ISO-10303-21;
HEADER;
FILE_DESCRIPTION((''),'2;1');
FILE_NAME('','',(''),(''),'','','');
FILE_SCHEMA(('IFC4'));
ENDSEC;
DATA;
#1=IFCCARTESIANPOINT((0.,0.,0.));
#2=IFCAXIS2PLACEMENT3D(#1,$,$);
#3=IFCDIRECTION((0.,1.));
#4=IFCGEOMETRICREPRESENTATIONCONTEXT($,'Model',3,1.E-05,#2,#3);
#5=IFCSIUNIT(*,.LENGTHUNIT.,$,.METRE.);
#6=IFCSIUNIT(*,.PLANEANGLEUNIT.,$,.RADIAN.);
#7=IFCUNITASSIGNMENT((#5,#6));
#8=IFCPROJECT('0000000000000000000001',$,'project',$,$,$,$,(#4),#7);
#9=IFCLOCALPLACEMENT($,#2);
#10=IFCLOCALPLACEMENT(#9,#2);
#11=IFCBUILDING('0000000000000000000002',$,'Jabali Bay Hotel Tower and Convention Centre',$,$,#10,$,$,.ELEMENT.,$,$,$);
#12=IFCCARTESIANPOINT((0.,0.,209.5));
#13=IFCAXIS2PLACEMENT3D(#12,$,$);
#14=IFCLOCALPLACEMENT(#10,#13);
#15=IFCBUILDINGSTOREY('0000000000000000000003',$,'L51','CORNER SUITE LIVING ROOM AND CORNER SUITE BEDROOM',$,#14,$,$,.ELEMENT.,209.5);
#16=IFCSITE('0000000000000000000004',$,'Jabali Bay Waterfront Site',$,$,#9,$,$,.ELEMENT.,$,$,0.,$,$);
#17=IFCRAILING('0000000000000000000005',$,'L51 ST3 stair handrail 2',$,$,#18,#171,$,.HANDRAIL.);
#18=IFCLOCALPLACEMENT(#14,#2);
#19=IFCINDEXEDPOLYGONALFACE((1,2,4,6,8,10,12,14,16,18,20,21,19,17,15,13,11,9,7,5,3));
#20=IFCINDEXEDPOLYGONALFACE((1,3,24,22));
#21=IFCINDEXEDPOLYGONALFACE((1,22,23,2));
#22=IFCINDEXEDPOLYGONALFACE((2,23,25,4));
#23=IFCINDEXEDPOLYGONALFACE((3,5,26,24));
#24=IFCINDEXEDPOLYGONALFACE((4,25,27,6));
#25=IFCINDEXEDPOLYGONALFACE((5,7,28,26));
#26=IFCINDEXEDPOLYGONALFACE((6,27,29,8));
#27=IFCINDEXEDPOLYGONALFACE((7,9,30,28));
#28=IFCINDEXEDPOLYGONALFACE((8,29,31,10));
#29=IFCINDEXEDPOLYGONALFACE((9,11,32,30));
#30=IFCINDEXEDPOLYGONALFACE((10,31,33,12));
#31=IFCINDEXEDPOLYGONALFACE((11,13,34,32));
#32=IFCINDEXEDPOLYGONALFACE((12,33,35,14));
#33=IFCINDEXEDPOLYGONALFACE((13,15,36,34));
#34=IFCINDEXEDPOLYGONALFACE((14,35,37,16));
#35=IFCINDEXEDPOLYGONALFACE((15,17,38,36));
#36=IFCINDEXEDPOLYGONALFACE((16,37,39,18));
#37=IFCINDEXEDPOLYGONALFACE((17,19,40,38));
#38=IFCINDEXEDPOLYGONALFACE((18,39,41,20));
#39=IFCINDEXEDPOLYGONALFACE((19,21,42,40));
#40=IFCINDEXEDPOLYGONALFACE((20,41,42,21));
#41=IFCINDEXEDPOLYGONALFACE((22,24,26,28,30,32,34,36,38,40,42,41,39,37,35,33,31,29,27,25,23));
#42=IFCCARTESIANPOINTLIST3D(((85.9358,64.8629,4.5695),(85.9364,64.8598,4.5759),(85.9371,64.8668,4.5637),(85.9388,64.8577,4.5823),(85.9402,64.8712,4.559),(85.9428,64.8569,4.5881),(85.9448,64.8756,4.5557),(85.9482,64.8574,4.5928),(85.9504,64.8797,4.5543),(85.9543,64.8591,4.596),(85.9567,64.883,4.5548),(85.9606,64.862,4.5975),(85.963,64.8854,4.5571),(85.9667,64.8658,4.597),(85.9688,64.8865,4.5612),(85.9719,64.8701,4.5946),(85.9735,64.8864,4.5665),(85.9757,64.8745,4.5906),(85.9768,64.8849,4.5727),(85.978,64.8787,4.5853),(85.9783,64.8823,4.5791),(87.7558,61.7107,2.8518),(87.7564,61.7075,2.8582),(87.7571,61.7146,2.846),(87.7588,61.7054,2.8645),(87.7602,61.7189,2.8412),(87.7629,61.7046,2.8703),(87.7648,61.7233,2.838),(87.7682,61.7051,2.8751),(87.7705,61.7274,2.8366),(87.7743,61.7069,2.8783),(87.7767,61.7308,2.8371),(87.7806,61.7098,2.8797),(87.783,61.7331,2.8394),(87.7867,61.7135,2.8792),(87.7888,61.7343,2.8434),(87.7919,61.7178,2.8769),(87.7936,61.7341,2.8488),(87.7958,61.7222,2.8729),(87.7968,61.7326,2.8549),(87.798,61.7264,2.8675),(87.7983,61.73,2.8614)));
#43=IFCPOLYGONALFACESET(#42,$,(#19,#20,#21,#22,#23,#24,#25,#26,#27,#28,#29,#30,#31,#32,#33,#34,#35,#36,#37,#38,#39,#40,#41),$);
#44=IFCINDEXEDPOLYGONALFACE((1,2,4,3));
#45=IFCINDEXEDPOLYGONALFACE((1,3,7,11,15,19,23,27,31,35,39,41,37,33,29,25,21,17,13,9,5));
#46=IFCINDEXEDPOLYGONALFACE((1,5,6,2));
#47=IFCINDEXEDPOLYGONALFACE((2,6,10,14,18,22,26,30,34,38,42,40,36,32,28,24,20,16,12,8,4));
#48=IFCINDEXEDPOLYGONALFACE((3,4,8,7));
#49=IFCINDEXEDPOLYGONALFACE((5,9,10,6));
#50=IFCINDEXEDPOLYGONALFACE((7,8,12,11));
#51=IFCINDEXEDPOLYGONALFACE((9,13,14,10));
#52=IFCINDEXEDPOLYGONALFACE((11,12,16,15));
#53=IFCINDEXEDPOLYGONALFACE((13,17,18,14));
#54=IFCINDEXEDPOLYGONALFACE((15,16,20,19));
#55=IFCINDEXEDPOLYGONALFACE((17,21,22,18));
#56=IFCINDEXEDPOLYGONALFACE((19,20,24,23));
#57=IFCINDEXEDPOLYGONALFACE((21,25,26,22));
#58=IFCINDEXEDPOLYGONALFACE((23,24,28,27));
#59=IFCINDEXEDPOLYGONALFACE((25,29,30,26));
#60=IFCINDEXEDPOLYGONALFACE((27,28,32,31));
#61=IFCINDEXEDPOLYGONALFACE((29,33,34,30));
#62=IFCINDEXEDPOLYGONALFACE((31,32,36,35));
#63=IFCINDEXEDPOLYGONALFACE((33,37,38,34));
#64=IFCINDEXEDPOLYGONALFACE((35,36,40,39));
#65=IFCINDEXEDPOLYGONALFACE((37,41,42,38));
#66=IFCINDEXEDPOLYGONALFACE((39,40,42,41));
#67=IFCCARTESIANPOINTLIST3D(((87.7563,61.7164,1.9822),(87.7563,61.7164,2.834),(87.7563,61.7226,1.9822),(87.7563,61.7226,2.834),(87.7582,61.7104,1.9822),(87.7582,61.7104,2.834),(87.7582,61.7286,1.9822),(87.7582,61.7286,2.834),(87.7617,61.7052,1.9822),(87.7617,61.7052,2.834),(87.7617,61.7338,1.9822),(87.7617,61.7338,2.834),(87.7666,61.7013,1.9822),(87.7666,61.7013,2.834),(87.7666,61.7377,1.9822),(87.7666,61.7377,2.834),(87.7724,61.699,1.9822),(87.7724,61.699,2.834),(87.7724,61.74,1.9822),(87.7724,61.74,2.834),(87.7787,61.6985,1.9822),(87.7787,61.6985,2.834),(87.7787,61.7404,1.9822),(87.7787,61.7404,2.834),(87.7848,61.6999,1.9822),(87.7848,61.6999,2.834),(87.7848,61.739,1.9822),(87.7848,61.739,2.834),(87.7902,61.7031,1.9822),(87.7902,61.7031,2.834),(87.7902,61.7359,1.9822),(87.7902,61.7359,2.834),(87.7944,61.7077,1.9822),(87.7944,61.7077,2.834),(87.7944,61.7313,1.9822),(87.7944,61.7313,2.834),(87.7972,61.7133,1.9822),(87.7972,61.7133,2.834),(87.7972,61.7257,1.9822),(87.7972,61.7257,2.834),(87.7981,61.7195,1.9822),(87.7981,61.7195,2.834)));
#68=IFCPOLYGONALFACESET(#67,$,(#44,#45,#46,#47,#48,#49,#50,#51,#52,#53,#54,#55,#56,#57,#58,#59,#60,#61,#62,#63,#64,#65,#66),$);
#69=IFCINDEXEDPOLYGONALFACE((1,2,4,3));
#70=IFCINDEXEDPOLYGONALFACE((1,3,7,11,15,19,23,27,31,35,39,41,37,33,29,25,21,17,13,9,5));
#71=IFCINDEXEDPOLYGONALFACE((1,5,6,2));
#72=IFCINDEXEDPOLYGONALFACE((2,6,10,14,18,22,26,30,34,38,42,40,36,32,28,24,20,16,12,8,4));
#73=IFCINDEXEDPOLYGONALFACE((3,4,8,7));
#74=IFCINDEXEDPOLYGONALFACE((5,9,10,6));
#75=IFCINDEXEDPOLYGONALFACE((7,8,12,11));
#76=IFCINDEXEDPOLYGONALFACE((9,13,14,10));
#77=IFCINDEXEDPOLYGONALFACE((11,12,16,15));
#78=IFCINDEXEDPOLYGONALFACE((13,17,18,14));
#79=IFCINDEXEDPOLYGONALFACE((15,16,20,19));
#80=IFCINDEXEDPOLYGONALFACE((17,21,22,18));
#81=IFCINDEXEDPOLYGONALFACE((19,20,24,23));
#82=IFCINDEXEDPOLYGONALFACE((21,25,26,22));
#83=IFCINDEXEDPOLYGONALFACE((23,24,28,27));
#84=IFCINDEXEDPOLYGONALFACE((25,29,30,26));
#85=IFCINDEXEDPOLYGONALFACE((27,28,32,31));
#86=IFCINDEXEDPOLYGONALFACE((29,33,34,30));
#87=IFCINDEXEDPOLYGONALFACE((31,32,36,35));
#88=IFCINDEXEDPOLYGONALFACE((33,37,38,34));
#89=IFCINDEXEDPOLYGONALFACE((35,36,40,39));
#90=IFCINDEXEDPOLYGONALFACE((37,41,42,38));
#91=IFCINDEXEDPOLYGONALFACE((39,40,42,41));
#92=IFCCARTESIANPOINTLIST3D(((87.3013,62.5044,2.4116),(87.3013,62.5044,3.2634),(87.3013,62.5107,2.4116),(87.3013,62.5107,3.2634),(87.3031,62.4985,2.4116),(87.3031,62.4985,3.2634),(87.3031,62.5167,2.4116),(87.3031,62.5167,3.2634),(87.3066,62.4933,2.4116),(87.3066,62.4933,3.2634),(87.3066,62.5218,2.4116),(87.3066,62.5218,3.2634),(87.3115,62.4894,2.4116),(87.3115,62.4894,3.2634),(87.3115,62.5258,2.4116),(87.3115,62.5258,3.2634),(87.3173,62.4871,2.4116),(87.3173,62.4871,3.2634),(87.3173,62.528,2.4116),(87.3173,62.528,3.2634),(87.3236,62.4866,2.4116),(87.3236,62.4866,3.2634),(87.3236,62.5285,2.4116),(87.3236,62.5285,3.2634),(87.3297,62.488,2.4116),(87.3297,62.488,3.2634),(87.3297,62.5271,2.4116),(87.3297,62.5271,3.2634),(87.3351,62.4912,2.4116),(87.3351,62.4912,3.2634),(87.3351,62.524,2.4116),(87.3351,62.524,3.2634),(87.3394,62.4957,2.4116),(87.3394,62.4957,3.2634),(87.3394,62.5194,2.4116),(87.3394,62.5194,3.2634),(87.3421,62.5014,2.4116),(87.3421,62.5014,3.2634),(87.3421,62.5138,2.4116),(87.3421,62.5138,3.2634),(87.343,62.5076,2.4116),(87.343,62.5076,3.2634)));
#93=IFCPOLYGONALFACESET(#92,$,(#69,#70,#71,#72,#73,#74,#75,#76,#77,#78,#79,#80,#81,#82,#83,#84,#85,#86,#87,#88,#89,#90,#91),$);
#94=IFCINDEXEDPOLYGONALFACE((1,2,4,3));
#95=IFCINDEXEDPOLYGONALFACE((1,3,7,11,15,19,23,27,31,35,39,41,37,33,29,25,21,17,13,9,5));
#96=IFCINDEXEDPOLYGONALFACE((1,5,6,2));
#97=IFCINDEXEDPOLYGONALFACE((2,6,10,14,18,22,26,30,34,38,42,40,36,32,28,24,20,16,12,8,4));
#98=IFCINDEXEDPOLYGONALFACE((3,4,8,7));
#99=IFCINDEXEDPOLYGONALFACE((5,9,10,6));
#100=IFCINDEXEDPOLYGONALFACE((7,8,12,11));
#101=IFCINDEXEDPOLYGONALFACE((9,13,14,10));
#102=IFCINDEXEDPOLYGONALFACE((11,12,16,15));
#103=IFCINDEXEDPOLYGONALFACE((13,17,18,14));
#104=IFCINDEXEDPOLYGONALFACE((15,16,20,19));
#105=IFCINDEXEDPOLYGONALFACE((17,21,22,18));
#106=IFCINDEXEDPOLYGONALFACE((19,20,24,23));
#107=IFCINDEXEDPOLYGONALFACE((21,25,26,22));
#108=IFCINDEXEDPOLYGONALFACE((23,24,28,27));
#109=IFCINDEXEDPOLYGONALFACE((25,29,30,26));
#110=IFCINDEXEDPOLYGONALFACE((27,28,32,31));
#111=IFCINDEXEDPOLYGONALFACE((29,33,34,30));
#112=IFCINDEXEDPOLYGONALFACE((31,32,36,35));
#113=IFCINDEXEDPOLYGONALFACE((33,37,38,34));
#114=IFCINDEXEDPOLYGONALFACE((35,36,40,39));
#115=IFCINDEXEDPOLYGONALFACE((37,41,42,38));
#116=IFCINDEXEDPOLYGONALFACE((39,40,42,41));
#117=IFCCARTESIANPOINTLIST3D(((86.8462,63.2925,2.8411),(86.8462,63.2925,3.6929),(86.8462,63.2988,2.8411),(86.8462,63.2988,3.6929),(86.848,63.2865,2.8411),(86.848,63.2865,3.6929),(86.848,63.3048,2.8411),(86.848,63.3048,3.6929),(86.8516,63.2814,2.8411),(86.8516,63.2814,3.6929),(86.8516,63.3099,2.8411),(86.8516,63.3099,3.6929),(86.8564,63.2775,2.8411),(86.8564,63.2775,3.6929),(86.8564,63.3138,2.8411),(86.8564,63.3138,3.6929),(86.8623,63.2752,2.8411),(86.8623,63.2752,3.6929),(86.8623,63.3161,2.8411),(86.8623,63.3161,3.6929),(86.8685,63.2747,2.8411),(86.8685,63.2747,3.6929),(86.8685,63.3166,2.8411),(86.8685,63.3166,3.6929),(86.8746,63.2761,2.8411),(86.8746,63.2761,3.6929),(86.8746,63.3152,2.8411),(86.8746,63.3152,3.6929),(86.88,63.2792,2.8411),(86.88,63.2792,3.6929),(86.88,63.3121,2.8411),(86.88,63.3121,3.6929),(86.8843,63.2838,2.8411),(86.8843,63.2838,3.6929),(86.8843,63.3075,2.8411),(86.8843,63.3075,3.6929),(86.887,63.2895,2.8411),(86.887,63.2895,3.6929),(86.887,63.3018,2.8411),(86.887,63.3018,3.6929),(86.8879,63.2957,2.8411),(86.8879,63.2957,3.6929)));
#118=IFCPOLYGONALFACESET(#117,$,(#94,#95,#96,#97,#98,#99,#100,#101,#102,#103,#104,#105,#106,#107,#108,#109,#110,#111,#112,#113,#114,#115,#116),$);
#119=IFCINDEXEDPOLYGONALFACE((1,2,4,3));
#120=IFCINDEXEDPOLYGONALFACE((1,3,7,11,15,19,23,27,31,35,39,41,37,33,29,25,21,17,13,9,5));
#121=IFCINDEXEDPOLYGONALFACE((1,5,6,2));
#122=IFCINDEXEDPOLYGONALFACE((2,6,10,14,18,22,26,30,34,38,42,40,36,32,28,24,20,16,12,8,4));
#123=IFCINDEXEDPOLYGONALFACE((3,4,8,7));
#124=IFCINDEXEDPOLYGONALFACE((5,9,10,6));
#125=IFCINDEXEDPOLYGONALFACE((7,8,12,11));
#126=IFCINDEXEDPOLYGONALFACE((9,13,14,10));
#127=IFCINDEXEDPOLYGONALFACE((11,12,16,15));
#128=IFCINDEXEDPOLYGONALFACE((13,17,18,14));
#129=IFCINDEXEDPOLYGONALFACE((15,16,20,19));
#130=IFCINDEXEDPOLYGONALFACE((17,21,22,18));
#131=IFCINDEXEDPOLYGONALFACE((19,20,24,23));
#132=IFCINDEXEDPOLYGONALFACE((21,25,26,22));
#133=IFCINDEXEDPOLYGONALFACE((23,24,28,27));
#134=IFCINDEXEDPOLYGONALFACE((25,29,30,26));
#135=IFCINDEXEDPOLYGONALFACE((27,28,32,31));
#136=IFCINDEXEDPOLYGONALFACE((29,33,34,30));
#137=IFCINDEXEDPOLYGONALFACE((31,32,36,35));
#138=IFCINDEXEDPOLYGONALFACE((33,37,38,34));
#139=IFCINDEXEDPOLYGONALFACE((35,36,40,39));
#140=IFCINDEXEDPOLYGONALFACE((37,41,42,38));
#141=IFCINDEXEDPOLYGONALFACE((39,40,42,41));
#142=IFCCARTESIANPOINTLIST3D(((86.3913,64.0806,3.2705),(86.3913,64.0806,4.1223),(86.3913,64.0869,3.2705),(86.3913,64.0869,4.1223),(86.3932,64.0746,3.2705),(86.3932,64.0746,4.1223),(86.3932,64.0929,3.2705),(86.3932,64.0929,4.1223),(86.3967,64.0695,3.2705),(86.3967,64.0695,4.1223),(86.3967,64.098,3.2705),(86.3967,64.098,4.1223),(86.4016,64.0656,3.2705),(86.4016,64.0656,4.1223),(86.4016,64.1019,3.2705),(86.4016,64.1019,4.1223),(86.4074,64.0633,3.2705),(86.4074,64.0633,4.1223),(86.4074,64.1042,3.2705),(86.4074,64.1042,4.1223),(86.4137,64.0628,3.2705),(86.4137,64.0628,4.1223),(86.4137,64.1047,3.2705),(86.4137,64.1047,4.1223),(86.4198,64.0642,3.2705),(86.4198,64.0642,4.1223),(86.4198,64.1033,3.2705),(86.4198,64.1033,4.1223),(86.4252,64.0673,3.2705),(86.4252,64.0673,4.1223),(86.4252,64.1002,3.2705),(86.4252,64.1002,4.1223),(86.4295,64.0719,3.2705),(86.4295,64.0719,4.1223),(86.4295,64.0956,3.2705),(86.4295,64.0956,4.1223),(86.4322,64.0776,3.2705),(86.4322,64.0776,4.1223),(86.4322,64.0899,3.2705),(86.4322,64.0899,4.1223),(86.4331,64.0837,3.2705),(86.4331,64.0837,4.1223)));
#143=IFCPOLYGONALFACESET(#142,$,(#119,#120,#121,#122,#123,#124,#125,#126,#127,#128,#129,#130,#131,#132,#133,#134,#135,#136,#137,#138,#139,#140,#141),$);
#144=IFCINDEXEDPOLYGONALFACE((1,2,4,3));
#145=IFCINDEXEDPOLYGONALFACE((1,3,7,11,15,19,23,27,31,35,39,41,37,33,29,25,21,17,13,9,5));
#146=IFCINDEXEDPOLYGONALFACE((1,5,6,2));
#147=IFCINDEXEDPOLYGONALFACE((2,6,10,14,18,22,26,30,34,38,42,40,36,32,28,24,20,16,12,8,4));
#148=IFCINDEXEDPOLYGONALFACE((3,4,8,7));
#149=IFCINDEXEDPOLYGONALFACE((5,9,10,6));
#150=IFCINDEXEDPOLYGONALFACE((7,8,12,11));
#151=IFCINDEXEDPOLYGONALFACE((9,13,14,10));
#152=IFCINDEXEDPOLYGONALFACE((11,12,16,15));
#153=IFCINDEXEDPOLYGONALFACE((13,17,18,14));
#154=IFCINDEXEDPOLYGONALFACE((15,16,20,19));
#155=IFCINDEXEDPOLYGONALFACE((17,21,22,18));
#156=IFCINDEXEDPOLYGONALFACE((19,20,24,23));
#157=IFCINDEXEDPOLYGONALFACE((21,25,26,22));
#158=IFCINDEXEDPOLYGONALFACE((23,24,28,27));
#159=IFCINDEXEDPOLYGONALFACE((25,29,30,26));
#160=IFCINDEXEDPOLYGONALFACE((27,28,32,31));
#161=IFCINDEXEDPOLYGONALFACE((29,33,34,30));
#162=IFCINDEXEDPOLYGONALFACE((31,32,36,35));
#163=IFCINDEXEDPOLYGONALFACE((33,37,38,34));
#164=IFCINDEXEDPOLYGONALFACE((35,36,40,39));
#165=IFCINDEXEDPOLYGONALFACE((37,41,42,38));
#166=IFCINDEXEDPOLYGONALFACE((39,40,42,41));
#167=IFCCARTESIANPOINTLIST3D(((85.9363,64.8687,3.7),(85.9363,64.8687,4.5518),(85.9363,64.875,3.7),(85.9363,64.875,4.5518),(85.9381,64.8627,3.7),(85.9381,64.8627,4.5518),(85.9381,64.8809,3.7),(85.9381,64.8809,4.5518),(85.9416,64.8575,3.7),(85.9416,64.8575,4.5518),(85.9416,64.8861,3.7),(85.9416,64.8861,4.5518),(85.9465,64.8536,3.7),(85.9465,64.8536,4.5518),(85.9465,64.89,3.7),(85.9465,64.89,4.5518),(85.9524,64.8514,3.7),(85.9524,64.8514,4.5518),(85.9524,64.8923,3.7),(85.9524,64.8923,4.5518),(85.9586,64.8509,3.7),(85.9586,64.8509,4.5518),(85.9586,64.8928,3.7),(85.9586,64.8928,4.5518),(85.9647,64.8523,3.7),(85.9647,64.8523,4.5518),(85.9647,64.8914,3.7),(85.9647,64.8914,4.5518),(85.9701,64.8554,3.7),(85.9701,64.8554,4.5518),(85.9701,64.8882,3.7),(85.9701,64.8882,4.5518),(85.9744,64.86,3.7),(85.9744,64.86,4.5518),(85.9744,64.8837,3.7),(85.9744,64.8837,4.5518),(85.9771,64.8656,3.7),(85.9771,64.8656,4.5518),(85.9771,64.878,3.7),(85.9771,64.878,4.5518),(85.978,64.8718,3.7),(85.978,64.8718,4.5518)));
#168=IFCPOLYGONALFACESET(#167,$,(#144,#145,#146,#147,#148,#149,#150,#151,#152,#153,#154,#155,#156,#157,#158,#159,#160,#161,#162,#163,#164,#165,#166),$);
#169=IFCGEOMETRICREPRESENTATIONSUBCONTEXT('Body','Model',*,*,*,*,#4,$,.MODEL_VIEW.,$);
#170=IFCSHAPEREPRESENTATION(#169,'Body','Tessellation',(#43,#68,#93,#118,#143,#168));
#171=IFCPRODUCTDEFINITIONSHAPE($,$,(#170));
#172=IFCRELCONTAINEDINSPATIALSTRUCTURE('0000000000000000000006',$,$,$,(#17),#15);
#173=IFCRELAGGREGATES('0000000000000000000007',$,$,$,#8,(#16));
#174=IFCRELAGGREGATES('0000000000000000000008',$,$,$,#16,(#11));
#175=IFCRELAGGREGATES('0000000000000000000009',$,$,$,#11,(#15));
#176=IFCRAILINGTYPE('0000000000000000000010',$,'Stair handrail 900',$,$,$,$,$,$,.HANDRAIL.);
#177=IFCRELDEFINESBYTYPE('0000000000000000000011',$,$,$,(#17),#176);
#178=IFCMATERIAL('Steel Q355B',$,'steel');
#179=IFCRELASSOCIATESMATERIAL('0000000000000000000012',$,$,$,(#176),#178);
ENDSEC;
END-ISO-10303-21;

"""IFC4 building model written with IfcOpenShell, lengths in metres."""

from ifc_helpers import new_model, si_unit, direction, frame, origin, origin_2d, place, context, subcontext, project, spatial, circle, extrude, material, type_object, element, save


model = new_model("IFC4")

# Units and contexts
model_context = context("Model", 3, precision=1e-05, world=origin(), true_north=direction((0.0, 1.0)))
body_context = subcontext(model_context, "Body", "Model", "MODEL_VIEW")
ifc_project = project(units=[si_unit("LENGTHUNIT", "METRE"), si_unit("PLANEANGLEUNIT", "RADIAN")], contexts=[model_context])

# Site, building, storey
site_placement = place(None, origin())
site = spatial("IfcSite", under=ifc_project, at=site_placement, Name="Jabali Bay Waterfront Site", CompositionType="ELEMENT", RefElevation=0.0)
building_placement = place(site_placement, origin())
building = spatial("IfcBuilding", under=site, at=building_placement, Name="Jabali Bay Hotel Tower and Convention Centre", CompositionType="ELEMENT")
storey_placement = place(building_placement, frame((0.0, 0.0, 209.5)))
storey = spatial("IfcBuildingStorey", under=building, at=storey_placement, Name="L51", Description="CORNER SUITE LIVING ROOM AND CORNER SUITE BEDROOM", CompositionType="ELEMENT", Elevation=209.5)

# Railing
ifc_material_1 = material(Name="Steel Q355B", Category="steel")
railing_type_1 = type_object("IfcRailingType", Name="Stair handrail 900", PredefinedType="HANDRAIL", material=ifc_material_1)
railing_1_placement = place(storey_placement, frame((87.7771, 61.7195, 1.9822)))
element("IfcRailing", 1, at=railing_1_placement, inside=storey, type_object=railing_type_1, Name="L51 ST3 stair handrail 2", PredefinedType="HANDRAIL", context=body_context, shape_type="SweptSolid", body=[
    extrude(circle(Radius=0.0239, at=origin_2d()), frame((0.0, 0.0, 0.876), z_axis=(-0.45219, 0.78319, 0.426775), x_axis=(-0.866018, -0.500013, 0.0)), (0.0, 0.0, 1.0), 4.0249),
    extrude(circle(Radius=0.021, at=origin_2d()), origin(), (0.0, 0.0, 1.0), 0.8518),
    extrude(circle(Radius=0.021, at=origin_2d()), frame((-0.4551, 0.7881, 0.4294)), (0.0, 0.0, 1.0), 0.8518),
    extrude(circle(Radius=0.021, at=origin_2d()), frame((-0.9102, 1.5762, 0.8589)), (0.0, 0.0, 1.0), 0.8518),
    extrude(circle(Radius=0.021, at=origin_2d()), frame((-1.365, 2.3643, 1.2883)), (0.0, 0.0, 1.0), 0.8518),
    extrude(circle(Radius=0.021, at=origin_2d()), frame((-1.8201, 3.1523, 1.7178)), (0.0, 0.0, 1.0), 0.8518),
])

save(model, "model.ifc")
